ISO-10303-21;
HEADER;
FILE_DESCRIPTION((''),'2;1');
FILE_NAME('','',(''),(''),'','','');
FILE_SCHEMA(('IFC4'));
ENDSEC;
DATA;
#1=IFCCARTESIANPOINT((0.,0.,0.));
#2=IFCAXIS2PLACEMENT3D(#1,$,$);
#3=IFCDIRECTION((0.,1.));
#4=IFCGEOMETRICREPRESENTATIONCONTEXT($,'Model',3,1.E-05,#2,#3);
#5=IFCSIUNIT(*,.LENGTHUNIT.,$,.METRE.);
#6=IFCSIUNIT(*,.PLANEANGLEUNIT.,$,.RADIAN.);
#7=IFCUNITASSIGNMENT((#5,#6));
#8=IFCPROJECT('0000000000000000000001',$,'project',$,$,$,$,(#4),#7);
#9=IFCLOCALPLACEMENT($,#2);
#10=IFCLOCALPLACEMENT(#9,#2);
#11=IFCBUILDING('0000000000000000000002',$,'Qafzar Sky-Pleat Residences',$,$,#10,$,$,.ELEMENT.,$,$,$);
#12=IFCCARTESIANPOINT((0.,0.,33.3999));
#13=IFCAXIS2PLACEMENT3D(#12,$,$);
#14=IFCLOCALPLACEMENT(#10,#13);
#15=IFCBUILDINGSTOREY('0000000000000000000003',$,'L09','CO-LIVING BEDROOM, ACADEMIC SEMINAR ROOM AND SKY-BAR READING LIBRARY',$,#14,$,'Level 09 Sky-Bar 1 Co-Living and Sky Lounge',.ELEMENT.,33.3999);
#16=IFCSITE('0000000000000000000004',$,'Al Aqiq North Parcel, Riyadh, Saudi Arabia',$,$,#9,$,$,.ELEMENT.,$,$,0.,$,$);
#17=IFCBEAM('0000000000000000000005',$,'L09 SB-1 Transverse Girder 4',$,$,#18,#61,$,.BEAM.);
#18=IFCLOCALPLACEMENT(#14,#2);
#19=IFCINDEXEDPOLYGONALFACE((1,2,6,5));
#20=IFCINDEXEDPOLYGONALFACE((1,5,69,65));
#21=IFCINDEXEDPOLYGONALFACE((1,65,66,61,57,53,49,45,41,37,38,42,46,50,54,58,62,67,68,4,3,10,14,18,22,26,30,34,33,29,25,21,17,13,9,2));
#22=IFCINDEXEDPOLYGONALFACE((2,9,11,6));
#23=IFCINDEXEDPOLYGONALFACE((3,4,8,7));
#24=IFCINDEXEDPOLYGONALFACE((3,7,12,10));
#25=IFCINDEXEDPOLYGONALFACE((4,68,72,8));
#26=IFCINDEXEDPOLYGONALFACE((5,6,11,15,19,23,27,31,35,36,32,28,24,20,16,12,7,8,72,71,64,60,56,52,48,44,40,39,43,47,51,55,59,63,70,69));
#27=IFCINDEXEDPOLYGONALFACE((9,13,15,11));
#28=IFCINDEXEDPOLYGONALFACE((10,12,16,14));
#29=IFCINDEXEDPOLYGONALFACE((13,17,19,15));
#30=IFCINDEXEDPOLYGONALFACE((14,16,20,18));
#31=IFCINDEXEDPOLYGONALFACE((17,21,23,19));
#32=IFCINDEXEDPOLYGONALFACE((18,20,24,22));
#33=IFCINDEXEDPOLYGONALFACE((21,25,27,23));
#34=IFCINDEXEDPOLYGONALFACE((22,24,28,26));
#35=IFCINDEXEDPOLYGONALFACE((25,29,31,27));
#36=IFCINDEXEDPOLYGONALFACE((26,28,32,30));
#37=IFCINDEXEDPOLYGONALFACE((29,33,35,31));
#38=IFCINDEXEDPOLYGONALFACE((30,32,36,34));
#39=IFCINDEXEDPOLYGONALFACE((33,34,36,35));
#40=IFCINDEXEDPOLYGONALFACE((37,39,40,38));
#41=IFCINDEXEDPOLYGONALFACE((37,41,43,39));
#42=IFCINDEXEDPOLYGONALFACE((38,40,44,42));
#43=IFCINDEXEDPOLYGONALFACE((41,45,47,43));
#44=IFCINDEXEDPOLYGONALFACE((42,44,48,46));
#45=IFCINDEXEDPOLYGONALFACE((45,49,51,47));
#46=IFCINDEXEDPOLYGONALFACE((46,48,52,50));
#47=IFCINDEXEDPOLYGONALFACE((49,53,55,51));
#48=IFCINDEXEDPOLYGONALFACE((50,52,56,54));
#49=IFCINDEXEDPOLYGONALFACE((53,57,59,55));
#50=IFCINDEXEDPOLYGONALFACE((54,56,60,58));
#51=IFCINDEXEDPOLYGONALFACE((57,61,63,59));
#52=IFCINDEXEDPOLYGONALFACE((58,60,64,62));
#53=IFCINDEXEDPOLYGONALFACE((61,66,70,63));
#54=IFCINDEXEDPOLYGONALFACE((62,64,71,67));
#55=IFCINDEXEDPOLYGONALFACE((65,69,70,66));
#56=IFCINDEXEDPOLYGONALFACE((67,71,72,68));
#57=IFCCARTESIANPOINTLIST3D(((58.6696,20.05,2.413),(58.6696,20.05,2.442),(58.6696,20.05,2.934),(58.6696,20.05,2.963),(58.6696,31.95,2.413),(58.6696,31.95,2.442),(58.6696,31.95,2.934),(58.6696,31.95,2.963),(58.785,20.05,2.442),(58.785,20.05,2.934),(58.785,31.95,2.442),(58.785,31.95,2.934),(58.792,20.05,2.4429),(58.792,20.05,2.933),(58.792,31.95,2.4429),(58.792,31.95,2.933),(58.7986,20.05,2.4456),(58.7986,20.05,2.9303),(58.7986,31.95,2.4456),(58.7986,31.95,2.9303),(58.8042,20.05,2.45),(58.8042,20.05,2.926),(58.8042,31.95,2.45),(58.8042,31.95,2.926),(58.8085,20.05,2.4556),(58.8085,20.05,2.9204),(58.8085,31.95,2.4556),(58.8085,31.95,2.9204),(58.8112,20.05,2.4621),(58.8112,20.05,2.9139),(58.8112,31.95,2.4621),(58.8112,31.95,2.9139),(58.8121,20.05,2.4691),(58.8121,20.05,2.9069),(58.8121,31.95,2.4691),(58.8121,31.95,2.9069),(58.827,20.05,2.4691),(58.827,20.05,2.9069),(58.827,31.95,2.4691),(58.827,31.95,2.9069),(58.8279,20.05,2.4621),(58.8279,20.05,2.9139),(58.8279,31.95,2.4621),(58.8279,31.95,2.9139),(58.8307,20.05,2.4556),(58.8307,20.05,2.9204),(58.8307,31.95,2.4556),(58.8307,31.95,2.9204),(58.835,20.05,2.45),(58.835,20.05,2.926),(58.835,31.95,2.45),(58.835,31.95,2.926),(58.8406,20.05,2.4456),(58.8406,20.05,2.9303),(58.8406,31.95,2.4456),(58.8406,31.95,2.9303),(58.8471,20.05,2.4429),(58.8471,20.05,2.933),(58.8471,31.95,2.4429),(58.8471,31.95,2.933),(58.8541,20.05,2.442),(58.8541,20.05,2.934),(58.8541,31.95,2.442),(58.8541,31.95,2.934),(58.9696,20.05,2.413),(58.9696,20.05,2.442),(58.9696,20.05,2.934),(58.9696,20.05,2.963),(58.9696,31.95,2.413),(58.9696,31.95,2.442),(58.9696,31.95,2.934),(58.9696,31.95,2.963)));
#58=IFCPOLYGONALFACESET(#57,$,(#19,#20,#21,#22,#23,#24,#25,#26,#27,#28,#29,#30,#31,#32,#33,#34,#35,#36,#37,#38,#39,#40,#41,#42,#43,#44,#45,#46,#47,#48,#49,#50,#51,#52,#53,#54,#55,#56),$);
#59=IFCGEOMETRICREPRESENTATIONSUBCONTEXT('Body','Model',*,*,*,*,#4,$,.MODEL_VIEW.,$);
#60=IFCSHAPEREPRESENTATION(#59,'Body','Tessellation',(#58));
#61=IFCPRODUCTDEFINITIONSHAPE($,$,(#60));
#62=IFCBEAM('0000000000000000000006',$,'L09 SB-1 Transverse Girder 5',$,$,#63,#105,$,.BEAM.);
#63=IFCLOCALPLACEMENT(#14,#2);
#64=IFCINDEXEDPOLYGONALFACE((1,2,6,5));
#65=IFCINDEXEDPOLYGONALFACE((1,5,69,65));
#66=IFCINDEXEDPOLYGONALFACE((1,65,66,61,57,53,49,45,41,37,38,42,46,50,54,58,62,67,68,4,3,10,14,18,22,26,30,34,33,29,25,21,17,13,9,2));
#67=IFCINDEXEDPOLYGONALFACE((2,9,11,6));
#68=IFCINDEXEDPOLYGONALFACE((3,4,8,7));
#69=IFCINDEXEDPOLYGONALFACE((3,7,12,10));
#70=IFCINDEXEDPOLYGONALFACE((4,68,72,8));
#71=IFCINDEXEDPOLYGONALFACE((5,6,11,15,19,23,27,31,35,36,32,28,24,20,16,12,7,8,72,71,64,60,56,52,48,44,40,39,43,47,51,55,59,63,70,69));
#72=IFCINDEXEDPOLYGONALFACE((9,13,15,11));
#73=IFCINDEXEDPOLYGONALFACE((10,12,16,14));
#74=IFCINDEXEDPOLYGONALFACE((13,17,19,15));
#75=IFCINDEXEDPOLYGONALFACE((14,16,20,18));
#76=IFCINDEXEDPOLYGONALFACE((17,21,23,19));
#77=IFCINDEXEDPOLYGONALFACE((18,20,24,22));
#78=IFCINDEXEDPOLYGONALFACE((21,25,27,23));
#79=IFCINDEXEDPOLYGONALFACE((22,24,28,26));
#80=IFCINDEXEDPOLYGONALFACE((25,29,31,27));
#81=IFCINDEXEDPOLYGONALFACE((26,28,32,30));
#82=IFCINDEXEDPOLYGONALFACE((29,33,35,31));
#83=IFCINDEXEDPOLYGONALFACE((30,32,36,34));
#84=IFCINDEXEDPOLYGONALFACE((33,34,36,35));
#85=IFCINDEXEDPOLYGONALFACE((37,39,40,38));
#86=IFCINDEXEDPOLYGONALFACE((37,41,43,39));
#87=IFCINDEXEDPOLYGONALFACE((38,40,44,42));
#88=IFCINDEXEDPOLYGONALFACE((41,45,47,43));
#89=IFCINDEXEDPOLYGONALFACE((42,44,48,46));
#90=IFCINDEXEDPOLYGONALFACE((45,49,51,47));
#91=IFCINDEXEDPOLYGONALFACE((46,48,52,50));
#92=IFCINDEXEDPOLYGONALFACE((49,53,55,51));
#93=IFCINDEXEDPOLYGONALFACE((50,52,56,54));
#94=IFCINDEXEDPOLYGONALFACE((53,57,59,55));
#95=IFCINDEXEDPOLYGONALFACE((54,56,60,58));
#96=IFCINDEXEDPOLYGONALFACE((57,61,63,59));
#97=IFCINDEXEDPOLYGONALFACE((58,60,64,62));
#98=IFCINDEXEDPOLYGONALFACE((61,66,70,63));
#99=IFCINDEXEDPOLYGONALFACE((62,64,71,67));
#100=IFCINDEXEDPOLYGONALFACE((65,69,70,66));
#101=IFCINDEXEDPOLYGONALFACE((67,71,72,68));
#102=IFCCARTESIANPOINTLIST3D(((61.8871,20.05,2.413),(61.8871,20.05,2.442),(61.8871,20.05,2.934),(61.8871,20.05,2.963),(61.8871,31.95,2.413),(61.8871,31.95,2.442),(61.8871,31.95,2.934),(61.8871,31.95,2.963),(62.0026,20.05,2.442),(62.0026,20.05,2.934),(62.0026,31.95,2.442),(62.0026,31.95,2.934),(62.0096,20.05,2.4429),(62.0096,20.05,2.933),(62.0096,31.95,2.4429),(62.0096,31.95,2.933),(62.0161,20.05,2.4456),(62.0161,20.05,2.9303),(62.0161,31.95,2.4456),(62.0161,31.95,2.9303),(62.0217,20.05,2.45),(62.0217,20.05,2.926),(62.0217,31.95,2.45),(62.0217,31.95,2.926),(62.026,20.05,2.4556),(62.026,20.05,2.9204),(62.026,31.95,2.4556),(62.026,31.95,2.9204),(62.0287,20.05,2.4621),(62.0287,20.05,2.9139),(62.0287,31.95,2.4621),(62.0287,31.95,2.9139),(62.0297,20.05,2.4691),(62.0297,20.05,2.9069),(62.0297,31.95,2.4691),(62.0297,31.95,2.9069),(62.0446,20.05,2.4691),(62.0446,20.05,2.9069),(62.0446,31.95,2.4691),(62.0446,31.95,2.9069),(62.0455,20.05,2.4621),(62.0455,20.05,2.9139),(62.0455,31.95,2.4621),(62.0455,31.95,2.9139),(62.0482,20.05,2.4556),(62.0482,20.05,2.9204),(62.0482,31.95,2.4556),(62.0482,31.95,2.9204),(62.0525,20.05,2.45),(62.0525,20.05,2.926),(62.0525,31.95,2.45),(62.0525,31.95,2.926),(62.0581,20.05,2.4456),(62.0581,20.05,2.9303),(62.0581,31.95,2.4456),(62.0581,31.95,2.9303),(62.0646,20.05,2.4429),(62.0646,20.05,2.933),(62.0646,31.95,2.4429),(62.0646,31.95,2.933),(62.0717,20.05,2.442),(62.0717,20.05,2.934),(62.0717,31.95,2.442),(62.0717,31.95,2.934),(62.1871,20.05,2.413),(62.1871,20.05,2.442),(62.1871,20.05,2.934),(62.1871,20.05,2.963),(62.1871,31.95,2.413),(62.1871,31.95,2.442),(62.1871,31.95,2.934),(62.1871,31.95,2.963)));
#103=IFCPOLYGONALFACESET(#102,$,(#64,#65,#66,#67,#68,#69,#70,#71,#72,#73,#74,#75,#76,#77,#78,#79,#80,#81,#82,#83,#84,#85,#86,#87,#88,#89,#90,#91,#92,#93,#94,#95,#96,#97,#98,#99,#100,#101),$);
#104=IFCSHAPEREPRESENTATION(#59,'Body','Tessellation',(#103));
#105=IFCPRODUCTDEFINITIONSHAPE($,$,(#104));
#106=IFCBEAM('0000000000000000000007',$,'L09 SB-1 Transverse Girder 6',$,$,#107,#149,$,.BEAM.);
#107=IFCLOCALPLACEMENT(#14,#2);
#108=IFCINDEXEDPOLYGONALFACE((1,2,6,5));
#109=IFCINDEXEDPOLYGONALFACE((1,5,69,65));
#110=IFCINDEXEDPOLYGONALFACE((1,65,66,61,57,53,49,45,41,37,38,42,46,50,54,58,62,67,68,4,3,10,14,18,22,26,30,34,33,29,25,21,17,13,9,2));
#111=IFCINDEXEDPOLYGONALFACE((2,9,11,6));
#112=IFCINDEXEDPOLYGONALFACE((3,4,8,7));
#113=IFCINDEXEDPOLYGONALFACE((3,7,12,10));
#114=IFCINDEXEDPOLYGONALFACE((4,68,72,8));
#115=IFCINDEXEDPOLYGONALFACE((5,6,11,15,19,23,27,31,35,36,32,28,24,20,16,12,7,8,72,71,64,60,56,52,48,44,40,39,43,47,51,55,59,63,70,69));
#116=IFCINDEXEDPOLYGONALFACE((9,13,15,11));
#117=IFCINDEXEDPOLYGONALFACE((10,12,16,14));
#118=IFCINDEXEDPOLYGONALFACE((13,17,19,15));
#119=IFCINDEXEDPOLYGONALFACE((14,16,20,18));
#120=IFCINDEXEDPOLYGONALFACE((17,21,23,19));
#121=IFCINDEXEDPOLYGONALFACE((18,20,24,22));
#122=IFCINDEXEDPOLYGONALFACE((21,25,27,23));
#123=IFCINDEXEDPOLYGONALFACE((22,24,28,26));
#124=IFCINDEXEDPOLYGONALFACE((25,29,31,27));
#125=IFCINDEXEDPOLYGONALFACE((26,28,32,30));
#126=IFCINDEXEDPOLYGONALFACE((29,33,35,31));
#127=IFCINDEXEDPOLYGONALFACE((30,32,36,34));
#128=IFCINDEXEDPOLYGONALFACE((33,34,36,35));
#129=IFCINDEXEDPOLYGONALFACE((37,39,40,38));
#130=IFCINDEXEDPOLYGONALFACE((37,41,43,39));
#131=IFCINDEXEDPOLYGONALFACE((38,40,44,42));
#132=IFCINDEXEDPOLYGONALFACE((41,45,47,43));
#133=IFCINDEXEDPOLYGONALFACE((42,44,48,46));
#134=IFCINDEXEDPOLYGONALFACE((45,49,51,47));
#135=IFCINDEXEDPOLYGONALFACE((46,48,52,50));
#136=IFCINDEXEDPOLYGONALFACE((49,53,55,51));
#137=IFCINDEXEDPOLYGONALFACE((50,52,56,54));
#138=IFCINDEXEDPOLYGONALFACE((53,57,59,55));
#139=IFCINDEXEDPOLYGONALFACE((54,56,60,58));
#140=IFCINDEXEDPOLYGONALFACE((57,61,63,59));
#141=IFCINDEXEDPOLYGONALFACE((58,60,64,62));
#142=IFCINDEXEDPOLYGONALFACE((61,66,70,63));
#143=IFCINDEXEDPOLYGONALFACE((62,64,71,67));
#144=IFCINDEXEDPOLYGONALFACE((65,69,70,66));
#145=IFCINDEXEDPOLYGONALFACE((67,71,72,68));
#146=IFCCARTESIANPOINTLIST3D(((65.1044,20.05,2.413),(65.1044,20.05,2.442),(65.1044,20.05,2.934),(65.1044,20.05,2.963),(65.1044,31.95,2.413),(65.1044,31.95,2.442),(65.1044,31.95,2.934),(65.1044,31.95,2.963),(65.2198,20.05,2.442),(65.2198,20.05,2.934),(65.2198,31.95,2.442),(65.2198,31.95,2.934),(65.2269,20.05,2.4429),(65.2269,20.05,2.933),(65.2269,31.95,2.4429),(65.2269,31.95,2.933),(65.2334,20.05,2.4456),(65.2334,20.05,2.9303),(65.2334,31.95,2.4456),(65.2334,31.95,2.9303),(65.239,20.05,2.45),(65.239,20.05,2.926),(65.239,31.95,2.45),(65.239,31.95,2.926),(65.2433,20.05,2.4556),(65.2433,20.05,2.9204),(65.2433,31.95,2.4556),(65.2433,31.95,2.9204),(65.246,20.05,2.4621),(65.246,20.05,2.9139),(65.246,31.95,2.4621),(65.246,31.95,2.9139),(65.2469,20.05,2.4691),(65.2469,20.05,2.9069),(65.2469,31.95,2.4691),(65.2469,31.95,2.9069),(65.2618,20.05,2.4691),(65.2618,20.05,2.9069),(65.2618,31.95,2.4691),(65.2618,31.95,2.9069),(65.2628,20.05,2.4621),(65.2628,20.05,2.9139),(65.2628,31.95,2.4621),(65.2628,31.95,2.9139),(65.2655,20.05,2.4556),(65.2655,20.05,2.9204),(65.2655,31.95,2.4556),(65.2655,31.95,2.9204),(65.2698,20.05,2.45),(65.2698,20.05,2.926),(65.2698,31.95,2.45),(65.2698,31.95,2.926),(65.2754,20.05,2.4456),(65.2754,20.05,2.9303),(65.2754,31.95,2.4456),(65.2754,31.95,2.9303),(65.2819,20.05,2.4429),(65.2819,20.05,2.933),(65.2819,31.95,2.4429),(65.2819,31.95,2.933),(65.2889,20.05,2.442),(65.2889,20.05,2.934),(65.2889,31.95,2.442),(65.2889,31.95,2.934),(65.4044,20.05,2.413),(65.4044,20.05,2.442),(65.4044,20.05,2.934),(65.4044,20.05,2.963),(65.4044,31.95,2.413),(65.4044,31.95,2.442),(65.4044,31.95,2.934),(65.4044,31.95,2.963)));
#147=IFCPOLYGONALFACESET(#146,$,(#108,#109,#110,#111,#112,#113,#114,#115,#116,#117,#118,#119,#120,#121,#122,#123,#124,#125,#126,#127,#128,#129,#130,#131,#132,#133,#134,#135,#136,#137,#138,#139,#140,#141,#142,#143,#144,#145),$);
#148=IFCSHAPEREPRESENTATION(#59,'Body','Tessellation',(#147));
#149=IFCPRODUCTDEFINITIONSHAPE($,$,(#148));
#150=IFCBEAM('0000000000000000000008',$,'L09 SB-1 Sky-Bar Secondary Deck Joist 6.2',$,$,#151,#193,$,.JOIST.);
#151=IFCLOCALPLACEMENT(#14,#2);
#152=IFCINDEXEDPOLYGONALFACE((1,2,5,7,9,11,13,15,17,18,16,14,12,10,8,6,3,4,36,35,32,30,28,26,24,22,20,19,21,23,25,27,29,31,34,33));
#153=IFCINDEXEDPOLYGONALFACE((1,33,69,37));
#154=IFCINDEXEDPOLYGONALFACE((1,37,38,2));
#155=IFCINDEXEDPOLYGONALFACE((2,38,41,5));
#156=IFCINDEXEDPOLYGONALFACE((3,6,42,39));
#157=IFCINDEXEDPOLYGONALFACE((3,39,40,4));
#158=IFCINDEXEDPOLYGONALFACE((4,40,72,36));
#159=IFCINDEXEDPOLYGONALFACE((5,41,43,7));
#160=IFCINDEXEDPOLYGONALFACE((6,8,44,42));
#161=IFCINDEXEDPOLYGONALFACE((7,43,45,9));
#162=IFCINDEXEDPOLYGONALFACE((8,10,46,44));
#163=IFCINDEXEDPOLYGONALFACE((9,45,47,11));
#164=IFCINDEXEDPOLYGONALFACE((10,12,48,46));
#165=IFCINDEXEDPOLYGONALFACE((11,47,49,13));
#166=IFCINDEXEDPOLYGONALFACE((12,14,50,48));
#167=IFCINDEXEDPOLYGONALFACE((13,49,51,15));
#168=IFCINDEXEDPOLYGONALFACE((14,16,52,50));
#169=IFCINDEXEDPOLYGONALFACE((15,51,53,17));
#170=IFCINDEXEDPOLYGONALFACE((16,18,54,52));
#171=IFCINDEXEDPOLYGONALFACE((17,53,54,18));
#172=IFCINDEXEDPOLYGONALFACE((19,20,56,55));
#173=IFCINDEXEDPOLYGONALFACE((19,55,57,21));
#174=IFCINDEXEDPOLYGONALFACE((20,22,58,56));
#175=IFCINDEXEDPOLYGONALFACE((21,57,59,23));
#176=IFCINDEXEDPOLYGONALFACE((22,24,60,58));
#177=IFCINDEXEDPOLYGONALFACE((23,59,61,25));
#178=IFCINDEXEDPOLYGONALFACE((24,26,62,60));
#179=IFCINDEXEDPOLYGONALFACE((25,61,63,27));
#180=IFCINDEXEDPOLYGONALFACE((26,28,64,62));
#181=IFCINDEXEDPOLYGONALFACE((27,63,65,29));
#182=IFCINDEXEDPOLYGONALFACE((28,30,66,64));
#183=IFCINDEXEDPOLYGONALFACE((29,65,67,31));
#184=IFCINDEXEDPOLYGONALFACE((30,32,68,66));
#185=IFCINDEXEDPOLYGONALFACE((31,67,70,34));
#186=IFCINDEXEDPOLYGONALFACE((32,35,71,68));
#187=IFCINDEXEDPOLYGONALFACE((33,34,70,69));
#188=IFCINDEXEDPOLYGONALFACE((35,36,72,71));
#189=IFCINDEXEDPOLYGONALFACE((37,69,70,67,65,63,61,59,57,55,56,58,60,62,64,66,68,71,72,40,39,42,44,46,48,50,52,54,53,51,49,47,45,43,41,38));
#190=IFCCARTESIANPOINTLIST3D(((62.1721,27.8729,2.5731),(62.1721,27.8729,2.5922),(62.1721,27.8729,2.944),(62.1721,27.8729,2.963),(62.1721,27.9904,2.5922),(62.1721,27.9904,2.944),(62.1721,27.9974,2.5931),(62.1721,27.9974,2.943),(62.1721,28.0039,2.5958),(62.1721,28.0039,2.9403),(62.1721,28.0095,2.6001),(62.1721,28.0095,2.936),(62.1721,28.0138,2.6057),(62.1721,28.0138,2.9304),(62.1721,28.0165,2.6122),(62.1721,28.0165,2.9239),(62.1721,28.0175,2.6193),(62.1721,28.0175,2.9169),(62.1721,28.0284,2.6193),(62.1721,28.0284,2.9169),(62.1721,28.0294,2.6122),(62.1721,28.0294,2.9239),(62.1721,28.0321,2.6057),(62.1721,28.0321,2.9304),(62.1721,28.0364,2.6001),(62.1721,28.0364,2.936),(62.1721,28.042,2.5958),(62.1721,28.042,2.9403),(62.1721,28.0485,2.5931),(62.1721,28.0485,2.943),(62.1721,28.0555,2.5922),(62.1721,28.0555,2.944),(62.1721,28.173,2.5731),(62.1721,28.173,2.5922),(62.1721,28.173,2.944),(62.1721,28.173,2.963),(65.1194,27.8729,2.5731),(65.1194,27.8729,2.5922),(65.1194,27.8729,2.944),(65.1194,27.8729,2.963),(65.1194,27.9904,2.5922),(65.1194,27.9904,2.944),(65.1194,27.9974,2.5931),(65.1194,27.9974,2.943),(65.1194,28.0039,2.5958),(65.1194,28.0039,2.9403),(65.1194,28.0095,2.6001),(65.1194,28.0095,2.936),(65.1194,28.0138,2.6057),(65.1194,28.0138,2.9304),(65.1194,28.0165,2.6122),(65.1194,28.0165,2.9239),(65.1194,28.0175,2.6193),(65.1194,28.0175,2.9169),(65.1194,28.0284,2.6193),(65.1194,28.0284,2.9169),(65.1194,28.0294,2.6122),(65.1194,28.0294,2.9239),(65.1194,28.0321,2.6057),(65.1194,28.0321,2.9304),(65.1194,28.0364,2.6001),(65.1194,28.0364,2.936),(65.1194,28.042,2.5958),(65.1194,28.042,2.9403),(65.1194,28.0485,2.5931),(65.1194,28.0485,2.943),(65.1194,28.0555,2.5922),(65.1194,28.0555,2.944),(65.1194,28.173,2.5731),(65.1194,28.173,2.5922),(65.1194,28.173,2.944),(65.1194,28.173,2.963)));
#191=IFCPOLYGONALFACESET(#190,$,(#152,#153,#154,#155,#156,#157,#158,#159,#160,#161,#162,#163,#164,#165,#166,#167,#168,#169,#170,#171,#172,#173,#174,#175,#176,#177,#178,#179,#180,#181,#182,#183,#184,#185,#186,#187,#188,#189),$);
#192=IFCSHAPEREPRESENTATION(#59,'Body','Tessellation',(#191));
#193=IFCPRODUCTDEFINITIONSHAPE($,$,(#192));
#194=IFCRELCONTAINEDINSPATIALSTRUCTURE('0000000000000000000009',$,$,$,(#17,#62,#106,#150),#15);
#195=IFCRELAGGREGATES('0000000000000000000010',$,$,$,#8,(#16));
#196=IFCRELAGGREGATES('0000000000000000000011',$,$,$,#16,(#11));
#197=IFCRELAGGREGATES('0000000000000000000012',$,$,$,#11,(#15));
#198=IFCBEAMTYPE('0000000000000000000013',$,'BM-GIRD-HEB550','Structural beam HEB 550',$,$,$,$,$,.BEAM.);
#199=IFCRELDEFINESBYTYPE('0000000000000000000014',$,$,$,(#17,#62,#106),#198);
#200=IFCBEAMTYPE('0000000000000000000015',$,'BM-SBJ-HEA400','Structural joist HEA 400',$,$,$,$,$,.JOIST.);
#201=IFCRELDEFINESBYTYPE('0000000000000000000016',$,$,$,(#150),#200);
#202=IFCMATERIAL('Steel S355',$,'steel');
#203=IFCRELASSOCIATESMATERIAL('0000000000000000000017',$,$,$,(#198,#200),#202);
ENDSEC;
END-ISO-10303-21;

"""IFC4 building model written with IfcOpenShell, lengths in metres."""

from ifc_helpers import new_model, si_unit, direction, frame, origin, origin_2d, place, context, subcontext, project, spatial, i_section, extrude, source, transform, mapped, material, material_profile, profile_set, type_object, element, save


model = new_model("IFC4")

# Units and contexts
model_context = context("Model", 3, precision=1e-05, world=origin(), true_north=direction((0.0, 1.0)))
body_context = subcontext(model_context, "Body", "Model", "MODEL_VIEW")
ifc_project = project(units=[si_unit("LENGTHUNIT", "METRE"), si_unit("PLANEANGLEUNIT", "RADIAN")], contexts=[model_context])

# Site, building, storey
site_placement = place(None, origin())
site = spatial("IfcSite", under=ifc_project, at=site_placement, Name="Al Aqiq North Parcel, Riyadh, Saudi Arabia", CompositionType="ELEMENT", RefElevation=0.0)
building_placement = place(site_placement, origin())
building = spatial("IfcBuilding", under=site, at=building_placement, Name="Qafzar Sky-Pleat Residences", CompositionType="ELEMENT")
storey_placement = place(building_placement, frame((0.0, 0.0, 33.3999)))
storey = spatial("IfcBuildingStorey", under=building, at=storey_placement, Name="L09", Description="CO-LIVING BEDROOM, ACADEMIC SEMINAR ROOM AND SKY-BAR READING LIBRARY", LongName="Level 09 Sky-Bar 1 Co-Living and Sky Lounge", CompositionType="ELEMENT", Elevation=33.3999)

# Beams
ifc_material_1 = material(Name="Steel S355", Category="steel")
ifc_material_profile_1 = material_profile(ifc_material_1, i_section(OverallWidth=0.3, OverallDepth=0.55, WebThickness=0.0149, FlangeThickness=0.0291, FilletRadius=0.0271, at=origin_2d()), Name="HEB 550")
ifc_profile_set_1 = profile_set([ifc_material_profile_1], Name="Steel S355")
beam_type_1 = type_object("IfcBeamType", Name="BM-GIRD-HEB550", Description="Structural beam HEB 550", PredefinedType="BEAM", material=ifc_profile_set_1)
shared_shape_1 = source(origin(), body_context, "Body", "SweptSolid", [
    extrude(i_section(OverallWidth=0.3, OverallDepth=0.55, WebThickness=0.0149, FlangeThickness=0.0291, FilletRadius=0.0271, at=origin_2d()), origin(), (0.0, 0.0, 1.0), 11.8999),
])
for number, where, z_axis, x_axis, name in (
    (1, (58.8196, 31.95, 2.688), (0.0, -1.0, 0.0), (1.0, 0.0, 0.0), "L09 SB-1 Transverse Girder 4"),
    (2, (62.0371, 31.95, 2.688), (0.0, -1.0, 0.0), (1.0, 0.0, 0.0), "L09 SB-1 Transverse Girder 5"),
    (3, (65.2544, 31.95, 2.688), (0.0, -1.0, 0.0), (1.0, 0.0, 0.0), "L09 SB-1 Transverse Girder 6"),
):
    element("IfcBeam", number, at=place(storey_placement, frame(where, z_axis=z_axis, x_axis=x_axis)), inside=storey, type_object=beam_type_1, Name=name, PredefinedType="BEAM", context=body_context, shape_type="MappedRepresentation", body=[
        mapped(shared_shape_1, transform((0.0, 0.0, 0.0), x_axis=(1.0, 0.0, 0.0), y_axis=(0.0, 1.0, 0.0), z_axis=(0.0, 0.0, 1.0), scale=1.0)),
    ])
ifc_material_profile_2 = material_profile(ifc_material_1, i_section(OverallWidth=0.3, OverallDepth=0.3899, WebThickness=0.011, FlangeThickness=0.019, FilletRadius=0.0271, at=origin_2d()), Name="HEA 400")
ifc_profile_set_2 = profile_set([ifc_material_profile_2], Name="Steel S355")
beam_type_2 = type_object("IfcBeamType", Name="BM-SBJ-HEA400", Description="Structural joist HEA 400", PredefinedType="JOIST", material=ifc_profile_set_2)
shared_shape_2 = source(origin(), body_context, "Body", "SweptSolid", [
    extrude(i_section(OverallWidth=0.3, OverallDepth=0.3899, WebThickness=0.011, FlangeThickness=0.019, FilletRadius=0.0271, at=origin_2d()), origin(), (0.0, 0.0, 1.0), 2.9473),
])
beam_1_placement = place(storey_placement, frame((62.1721, 28.0229, 2.7681), z_axis=(1.0, 0.0, 0.0), x_axis=(0.0, 1.0, 0.0)))
element("IfcBeam", 4, at=beam_1_placement, inside=storey, type_object=beam_type_2, Name="L09 SB-1 Sky-Bar Secondary Deck Joist 6.2", PredefinedType="JOIST", context=body_context, shape_type="MappedRepresentation", body=[
    mapped(shared_shape_2, transform((0.0, 0.0, 0.0), x_axis=(1.0, 0.0, 0.0), y_axis=(0.0, 1.0, 0.0), z_axis=(0.0, 0.0, 1.0), scale=1.0)),
])

save(model, "model.ifc")
